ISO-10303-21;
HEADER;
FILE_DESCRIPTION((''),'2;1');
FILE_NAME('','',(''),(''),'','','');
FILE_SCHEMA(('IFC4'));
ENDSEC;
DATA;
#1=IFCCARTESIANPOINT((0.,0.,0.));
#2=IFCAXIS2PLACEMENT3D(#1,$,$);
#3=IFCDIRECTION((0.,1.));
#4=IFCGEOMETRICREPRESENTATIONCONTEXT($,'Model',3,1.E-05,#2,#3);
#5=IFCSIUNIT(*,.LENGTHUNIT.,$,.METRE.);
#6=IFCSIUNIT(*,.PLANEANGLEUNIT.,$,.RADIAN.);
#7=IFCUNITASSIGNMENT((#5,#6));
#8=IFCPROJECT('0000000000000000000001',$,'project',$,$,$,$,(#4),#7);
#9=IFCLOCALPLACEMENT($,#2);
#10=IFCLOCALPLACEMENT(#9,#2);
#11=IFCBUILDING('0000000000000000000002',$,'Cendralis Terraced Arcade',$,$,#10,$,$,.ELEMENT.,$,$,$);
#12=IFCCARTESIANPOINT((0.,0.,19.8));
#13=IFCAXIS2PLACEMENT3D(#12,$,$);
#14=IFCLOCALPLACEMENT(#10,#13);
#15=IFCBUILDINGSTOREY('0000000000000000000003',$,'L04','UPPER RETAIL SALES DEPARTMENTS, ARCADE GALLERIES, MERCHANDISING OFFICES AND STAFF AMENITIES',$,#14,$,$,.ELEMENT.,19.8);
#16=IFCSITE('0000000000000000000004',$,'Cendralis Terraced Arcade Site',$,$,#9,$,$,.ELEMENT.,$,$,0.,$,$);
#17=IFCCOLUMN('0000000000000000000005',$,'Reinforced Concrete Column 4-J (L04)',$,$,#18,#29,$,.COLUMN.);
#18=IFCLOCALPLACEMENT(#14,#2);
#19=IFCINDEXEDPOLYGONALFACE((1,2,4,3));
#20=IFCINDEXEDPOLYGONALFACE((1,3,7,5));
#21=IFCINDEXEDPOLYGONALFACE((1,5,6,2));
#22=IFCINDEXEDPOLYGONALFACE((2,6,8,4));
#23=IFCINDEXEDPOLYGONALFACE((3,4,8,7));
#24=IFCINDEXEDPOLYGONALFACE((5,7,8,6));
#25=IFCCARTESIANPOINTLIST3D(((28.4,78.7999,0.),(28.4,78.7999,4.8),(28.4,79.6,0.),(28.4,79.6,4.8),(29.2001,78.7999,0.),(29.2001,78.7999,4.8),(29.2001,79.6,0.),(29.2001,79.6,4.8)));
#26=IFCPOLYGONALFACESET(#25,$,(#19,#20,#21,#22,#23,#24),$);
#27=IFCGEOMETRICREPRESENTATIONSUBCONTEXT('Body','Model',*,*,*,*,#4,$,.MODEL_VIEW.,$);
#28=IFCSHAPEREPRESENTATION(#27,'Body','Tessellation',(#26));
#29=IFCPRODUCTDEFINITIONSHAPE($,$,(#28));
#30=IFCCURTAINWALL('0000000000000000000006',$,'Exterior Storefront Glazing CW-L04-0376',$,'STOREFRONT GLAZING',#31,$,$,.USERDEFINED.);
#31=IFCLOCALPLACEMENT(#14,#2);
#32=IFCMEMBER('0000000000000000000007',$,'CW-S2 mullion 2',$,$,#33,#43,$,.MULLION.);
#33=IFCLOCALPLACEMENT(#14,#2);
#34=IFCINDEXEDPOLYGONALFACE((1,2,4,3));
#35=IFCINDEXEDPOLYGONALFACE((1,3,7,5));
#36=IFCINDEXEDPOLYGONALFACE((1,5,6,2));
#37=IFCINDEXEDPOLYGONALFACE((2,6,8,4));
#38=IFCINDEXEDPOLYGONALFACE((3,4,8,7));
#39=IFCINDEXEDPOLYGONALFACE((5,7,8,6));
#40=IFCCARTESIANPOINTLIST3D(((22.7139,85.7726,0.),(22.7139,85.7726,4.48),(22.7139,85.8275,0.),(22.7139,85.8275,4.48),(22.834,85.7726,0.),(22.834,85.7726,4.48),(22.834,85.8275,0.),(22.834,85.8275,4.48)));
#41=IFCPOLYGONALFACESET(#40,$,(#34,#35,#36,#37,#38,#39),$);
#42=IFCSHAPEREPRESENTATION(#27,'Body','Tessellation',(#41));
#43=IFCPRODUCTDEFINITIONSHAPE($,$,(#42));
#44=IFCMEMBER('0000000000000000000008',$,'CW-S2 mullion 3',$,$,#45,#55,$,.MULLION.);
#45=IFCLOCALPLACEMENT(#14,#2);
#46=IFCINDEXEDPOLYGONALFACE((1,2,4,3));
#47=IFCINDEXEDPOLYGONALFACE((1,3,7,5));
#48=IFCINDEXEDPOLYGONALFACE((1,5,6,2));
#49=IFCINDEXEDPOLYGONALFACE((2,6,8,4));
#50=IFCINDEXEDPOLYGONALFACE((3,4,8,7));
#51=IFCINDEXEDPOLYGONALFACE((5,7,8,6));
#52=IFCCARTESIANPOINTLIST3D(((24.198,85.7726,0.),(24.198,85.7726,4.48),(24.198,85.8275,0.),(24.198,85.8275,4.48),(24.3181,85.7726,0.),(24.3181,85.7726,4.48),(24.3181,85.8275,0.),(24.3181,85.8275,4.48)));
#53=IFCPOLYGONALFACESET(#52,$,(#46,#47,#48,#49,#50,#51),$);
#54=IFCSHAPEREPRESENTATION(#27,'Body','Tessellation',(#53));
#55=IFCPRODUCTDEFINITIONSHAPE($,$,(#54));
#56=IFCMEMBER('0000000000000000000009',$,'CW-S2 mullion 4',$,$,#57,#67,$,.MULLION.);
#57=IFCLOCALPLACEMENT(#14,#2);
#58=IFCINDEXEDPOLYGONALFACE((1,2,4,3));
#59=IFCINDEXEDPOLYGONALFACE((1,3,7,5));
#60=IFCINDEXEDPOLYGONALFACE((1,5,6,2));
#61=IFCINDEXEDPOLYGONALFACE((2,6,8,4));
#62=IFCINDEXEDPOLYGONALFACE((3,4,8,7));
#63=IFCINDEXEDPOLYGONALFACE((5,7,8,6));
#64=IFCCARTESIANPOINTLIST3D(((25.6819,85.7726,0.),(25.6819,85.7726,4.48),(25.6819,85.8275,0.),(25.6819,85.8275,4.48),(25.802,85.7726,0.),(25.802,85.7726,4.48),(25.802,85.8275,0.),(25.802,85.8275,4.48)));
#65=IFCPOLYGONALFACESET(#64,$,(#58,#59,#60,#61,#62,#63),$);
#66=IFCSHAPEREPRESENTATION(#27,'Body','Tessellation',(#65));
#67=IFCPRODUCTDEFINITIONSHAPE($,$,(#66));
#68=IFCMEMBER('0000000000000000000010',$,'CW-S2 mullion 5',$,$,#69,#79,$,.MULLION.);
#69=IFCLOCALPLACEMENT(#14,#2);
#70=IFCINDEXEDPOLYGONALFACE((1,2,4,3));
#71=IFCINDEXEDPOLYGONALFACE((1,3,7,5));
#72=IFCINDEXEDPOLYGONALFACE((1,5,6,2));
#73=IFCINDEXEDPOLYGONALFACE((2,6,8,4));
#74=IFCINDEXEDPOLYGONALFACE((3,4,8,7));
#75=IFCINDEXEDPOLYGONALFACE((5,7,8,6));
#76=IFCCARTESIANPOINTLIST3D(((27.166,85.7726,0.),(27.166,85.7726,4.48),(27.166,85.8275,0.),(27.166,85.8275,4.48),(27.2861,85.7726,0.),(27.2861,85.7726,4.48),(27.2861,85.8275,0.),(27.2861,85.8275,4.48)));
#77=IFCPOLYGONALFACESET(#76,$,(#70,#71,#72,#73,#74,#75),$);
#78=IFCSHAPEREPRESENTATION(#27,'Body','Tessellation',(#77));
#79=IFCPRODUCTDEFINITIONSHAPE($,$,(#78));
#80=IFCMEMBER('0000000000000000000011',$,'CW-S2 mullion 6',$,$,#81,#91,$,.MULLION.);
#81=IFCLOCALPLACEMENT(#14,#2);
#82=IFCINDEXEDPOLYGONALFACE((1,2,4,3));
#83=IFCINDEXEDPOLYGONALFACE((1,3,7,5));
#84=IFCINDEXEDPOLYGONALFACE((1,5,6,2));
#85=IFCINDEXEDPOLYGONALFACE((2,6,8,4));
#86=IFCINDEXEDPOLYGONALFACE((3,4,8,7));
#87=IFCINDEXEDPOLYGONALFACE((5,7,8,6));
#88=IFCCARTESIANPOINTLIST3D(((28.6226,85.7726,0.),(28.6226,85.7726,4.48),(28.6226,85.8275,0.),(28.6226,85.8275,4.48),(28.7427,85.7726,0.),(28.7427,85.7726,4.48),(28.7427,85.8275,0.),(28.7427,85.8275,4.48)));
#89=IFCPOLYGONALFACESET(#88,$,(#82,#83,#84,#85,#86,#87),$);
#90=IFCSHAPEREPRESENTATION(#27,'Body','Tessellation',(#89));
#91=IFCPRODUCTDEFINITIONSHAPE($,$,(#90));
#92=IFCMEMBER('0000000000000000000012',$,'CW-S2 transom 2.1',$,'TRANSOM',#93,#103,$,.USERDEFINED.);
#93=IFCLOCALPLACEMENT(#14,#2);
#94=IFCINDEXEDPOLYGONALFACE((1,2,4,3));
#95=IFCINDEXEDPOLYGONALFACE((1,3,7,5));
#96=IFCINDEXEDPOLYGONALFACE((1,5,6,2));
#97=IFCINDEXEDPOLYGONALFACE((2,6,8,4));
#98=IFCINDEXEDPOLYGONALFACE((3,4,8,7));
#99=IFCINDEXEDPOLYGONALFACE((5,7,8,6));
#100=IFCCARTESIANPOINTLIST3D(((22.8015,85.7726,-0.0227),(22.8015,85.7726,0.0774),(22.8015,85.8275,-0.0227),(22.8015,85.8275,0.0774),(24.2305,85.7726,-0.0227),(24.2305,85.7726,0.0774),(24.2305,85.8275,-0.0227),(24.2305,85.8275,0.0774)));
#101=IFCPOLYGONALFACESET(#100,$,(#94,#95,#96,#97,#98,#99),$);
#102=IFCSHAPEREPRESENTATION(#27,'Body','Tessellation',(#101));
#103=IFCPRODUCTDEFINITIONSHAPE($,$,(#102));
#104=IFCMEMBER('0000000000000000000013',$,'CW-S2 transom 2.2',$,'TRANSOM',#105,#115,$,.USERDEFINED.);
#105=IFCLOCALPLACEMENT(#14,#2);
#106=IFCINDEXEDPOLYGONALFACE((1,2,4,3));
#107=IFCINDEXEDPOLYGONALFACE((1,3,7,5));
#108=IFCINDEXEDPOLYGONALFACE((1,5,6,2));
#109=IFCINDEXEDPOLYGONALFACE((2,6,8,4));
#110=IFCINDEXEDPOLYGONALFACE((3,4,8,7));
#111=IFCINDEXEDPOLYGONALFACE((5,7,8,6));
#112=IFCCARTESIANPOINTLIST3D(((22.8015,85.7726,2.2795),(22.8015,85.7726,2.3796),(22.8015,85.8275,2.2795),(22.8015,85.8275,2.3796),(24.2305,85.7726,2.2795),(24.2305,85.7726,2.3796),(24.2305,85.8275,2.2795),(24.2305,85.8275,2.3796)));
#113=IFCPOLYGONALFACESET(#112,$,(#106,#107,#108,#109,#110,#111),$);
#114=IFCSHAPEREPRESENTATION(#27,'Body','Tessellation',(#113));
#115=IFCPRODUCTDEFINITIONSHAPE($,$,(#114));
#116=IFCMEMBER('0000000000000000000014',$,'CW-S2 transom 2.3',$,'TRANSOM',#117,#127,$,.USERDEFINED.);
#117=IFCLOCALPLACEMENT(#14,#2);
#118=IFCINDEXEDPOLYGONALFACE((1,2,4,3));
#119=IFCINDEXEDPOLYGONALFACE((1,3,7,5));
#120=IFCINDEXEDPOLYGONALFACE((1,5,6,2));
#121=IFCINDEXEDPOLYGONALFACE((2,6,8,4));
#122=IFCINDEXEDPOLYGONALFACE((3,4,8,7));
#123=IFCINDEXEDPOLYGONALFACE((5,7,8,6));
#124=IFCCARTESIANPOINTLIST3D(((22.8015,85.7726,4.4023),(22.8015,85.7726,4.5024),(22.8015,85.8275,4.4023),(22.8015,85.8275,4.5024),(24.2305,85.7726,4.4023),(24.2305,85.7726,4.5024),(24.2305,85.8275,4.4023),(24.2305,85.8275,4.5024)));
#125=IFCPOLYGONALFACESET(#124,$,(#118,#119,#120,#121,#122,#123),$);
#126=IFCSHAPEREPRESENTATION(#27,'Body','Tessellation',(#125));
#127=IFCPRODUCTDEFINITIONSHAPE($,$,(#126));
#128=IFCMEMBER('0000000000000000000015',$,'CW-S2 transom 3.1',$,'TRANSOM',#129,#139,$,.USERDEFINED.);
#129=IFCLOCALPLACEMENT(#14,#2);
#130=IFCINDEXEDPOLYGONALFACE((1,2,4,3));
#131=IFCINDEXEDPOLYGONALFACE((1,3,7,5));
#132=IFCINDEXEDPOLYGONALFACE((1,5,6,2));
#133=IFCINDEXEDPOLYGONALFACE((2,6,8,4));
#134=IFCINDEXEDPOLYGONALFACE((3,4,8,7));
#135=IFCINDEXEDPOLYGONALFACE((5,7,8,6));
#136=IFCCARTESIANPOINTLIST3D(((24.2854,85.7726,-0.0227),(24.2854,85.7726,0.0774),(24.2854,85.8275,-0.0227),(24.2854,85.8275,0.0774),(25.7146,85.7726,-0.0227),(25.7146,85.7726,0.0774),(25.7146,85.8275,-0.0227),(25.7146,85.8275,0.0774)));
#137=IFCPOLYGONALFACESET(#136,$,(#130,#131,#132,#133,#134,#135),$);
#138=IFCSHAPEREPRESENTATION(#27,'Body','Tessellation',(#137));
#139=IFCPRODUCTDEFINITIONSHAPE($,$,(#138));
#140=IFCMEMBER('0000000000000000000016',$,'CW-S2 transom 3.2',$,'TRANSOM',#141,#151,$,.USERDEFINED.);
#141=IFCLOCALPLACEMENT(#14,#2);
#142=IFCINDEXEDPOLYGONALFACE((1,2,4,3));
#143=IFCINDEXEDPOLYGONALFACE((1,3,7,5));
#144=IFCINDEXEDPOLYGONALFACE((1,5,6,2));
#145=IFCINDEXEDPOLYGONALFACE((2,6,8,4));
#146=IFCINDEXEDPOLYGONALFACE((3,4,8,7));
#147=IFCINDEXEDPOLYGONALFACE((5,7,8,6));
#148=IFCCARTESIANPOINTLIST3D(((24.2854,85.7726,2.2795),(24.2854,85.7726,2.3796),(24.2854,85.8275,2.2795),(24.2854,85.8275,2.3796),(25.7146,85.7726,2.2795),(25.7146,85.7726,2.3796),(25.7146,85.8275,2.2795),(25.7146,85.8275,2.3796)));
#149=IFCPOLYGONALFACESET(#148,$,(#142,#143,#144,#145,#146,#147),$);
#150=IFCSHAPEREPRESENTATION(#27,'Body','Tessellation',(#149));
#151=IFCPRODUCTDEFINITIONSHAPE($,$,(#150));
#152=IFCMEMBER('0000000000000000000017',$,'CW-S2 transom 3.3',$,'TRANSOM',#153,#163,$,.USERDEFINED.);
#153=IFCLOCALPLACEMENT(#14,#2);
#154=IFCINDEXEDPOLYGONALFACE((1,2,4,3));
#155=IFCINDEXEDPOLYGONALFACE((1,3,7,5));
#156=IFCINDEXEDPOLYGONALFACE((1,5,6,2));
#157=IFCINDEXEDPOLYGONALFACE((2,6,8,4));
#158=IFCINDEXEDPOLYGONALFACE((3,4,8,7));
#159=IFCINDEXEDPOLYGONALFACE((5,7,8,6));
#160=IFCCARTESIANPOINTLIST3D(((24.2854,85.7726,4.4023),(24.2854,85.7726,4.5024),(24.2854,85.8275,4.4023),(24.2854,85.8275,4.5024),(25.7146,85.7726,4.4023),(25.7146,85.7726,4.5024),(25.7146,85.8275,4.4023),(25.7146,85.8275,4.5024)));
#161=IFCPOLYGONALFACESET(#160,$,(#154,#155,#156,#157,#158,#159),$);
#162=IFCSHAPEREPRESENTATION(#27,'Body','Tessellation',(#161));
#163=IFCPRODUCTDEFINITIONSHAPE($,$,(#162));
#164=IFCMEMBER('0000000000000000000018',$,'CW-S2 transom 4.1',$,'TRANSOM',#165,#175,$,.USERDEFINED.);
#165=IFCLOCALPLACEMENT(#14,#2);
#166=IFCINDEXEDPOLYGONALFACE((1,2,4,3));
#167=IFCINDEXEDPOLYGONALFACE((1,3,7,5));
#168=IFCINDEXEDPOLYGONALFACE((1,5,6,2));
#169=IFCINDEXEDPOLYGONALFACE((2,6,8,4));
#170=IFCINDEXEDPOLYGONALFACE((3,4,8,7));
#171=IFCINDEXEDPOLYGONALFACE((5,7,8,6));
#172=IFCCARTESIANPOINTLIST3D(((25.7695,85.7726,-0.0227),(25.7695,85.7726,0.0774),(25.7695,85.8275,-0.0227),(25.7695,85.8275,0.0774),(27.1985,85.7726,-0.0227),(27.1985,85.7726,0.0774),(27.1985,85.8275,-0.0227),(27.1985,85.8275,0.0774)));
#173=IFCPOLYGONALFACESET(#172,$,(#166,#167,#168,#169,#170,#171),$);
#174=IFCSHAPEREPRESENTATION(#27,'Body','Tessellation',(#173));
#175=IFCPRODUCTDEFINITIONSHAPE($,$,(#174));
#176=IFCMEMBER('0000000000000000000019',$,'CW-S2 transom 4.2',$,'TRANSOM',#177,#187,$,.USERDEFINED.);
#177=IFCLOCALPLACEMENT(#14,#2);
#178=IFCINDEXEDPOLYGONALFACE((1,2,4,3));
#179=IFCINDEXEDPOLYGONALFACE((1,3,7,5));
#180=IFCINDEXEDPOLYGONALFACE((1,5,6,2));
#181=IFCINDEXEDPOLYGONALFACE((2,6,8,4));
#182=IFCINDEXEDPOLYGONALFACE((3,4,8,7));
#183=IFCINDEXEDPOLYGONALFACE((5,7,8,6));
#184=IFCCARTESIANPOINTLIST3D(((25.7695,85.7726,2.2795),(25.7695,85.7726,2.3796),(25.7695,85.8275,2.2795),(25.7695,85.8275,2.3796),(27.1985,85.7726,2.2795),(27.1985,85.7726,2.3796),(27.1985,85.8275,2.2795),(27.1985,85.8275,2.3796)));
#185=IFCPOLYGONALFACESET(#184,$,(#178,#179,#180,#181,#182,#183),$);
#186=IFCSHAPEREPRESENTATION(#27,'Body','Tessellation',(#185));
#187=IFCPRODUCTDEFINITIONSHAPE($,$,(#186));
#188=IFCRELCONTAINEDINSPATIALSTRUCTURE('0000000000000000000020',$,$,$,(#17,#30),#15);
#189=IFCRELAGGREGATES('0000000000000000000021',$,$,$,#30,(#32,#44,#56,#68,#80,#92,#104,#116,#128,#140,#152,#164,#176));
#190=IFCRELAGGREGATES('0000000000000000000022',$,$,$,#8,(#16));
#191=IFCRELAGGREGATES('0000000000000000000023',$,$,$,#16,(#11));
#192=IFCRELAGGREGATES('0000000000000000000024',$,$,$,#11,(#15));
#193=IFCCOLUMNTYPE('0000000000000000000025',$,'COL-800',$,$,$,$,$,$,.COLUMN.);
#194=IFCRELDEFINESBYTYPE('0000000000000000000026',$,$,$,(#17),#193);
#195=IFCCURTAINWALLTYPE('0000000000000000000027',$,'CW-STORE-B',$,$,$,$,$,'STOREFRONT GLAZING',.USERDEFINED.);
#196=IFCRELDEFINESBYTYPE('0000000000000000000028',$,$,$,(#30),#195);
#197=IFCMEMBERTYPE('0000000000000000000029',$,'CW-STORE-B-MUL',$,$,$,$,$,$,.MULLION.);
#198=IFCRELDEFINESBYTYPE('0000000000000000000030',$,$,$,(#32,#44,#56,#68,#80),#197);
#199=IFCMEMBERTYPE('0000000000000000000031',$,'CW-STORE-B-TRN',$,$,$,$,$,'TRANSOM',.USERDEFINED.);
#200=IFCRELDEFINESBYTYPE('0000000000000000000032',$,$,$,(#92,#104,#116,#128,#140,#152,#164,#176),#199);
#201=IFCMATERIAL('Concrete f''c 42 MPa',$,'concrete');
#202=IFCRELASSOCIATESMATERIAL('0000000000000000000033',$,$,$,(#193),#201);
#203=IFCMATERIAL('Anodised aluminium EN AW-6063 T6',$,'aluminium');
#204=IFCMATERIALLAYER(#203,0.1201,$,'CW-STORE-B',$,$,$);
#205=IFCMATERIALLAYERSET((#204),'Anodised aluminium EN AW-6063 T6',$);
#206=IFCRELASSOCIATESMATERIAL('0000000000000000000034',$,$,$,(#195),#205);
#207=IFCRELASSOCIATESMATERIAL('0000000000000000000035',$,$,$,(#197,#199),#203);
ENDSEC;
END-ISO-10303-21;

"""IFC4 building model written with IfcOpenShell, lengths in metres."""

from ifc_helpers import new_model, si_unit, direction, frame, origin, origin_2d, place, context, subcontext, project, spatial, rectangle, extrude, material, layer, layer_set, material_profile, profile_set, type_object, element, aggregate, save


model = new_model("IFC4")

# Units and contexts
model_context = context("Model", 3, precision=1e-05, world=origin(), true_north=direction((0.0, 1.0)))
body_context = subcontext(model_context, "Body", "Model", "MODEL_VIEW")
ifc_project = project(units=[si_unit("LENGTHUNIT", "METRE"), si_unit("PLANEANGLEUNIT", "RADIAN")], contexts=[model_context])

# Site, building, storey
site_placement = place(None, origin())
site = spatial("IfcSite", under=ifc_project, at=site_placement, Name="Cendralis Terraced Arcade Site", CompositionType="ELEMENT", RefElevation=0.0)
building_placement = place(site_placement, origin())
building = spatial("IfcBuilding", under=site, at=building_placement, Name="Cendralis Terraced Arcade", CompositionType="ELEMENT")
storey_placement = place(building_placement, frame((0.0, 0.0, 19.8)))
storey = spatial("IfcBuildingStorey", under=building, at=storey_placement, Name="L04", Description="UPPER RETAIL SALES DEPARTMENTS, ARCADE GALLERIES, MERCHANDISING OFFICES AND STAFF AMENITIES", CompositionType="ELEMENT", Elevation=19.8)

# Column
ifc_material_1 = material(Name="Concrete f'c 42 MPa", Category="concrete")
ifc_material_profile_1 = material_profile(ifc_material_1, rectangle(XDim=0.8, YDim=0.8, at=origin_2d()), Name="RC-COL-800x800", Category="LoadBearing")
ifc_profile_set_1 = profile_set([ifc_material_profile_1], Name="Concrete f'c 42 MPa")
column_type = type_object("IfcColumnType", Name="COL-800", PredefinedType="COLUMN", material=ifc_profile_set_1)
column_placement = place(storey_placement, frame((28.8, 79.2, 0.0), z_axis=(0.0, 0.0, 1.0), x_axis=(1.0, 0.0, 0.0)))
element("IfcColumn", 1, at=column_placement, inside=storey, type_object=column_type, Name="Reinforced Concrete Column 4-J (L04)", PredefinedType="COLUMN", context=body_context, shape_type="SweptSolid", body=[
    extrude(rectangle(XDim=0.8, YDim=0.8, at=origin_2d()), origin(), (0.0, 0.0, 1.0), 4.8),
])

# Curtain wall, members
ifc_material_2 = material(Name="Anodised aluminium EN AW-6063 T6", Category="aluminium")
ifc_layer_1 = layer(ifc_material_2, 0.1201, Name="CW-STORE-B")
ifc_layer_set_1 = layer_set([ifc_layer_1], Name="Anodised aluminium EN AW-6063 T6")
curtain_wall_type = type_object("IfcCurtainWallType", Name="CW-STORE-B", ElementType="STOREFRONT GLAZING", PredefinedType="USERDEFINED", material=ifc_layer_set_1)
curtain_wall_placement = place(storey_placement, origin())
curtain_wall = element("IfcCurtainWall", 2, at=curtain_wall_placement, inside=storey, type_object=curtain_wall_type, Name="Exterior Storefront Glazing CW-L04-0376", ObjectType="STOREFRONT GLAZING", PredefinedType="USERDEFINED")
ifc_material_profile_2 = material_profile(ifc_material_2, rectangle(XDim=0.0549, YDim=0.1201, at=origin_2d()), Name="ALU-MUL-55x120")
ifc_profile_set_2 = profile_set([ifc_material_profile_2], Name="Anodised aluminium EN AW-6063 T6")
member_type_1 = type_object("IfcMemberType", Name="CW-STORE-B-MUL", PredefinedType="MULLION", material=ifc_profile_set_2)
member_1_placement = place(storey_placement, frame((22.7739, 85.8, 0.0), z_axis=(0.0, 0.0, 1.0), x_axis=(0.0, 1.0, 0.0)))
member_1 = element("IfcMember", 3, at=member_1_placement, type_object=member_type_1, Name="CW-S2 mullion 2", PredefinedType="MULLION", context=body_context, shape_type="SweptSolid", body=[
    extrude(rectangle(XDim=0.0549, YDim=0.1201, at=origin_2d()), origin(), (0.0, 0.0, 1.0), 4.48),
])
member_2_placement = place(storey_placement, frame((24.2581, 85.8, 0.0), z_axis=(0.0, 0.0, 1.0), x_axis=(0.0, 1.0, 0.0)))
member_2 = element("IfcMember", 4, at=member_2_placement, type_object=member_type_1, Name="CW-S2 mullion 3", PredefinedType="MULLION", context=body_context, shape_type="SweptSolid", body=[
    extrude(rectangle(XDim=0.0549, YDim=0.1201, at=origin_2d()), origin(), (0.0, 0.0, 1.0), 4.48),
])
member_3_placement = place(storey_placement, frame((25.7419, 85.8, 0.0), z_axis=(0.0, 0.0, 1.0), x_axis=(0.0, 1.0, 0.0)))
member_3 = element("IfcMember", 5, at=member_3_placement, type_object=member_type_1, Name="CW-S2 mullion 4", PredefinedType="MULLION", context=body_context, shape_type="SweptSolid", body=[
    extrude(rectangle(XDim=0.0549, YDim=0.1201, at=origin_2d()), origin(), (0.0, 0.0, 1.0), 4.48),
])
member_4_placement = place(storey_placement, frame((27.2261, 85.8, 0.0), z_axis=(0.0, 0.0, 1.0), x_axis=(0.0, 1.0, 0.0)))
member_4 = element("IfcMember", 6, at=member_4_placement, type_object=member_type_1, Name="CW-S2 mullion 5", PredefinedType="MULLION", context=body_context, shape_type="SweptSolid", body=[
    extrude(rectangle(XDim=0.0549, YDim=0.1201, at=origin_2d()), origin(), (0.0, 0.0, 1.0), 4.48),
])
member_5_placement = place(storey_placement, frame((28.6826, 85.8, 0.0), z_axis=(0.0, 0.0, 1.0), x_axis=(0.0, 1.0, 0.0)))
member_5 = element("IfcMember", 7, at=member_5_placement, type_object=member_type_1, Name="CW-S2 mullion 6", PredefinedType="MULLION", context=body_context, shape_type="SweptSolid", body=[
    extrude(rectangle(XDim=0.0549, YDim=0.1201, at=origin_2d()), origin(), (0.0, 0.0, 1.0), 4.48),
])
ifc_material_profile_3 = material_profile(ifc_material_2, rectangle(XDim=0.0549, YDim=0.1001, at=origin_2d()), Name="ALU-TRN-55x100")
ifc_profile_set_3 = profile_set([ifc_material_profile_3], Name="Anodised aluminium EN AW-6063 T6")
member_type_2 = type_object("IfcMemberType", Name="CW-STORE-B-TRN", ElementType="TRANSOM", PredefinedType="USERDEFINED", material=ifc_profile_set_3)
member_6_placement = place(storey_placement, frame((22.8015, 85.8, 0.0273), z_axis=(1.0, 0.0, 0.0), x_axis=(0.0, 1.0, 0.0)))
member_6 = element("IfcMember", 8, at=member_6_placement, type_object=member_type_2, Name="CW-S2 transom 2.1", ObjectType="TRANSOM", PredefinedType="USERDEFINED", context=body_context, shape_type="SweptSolid", body=[
    extrude(rectangle(XDim=0.0549, YDim=0.1001, at=origin_2d()), origin(), (0.0, 0.0, 1.0), 1.429),
])
member_7_placement = place(storey_placement, frame((22.8015, 85.8, 2.3296), z_axis=(1.0, 0.0, 0.0), x_axis=(0.0, 1.0, 0.0)))
member_7 = element("IfcMember", 9, at=member_7_placement, type_object=member_type_2, Name="CW-S2 transom 2.2", ObjectType="TRANSOM", PredefinedType="USERDEFINED", context=body_context, shape_type="SweptSolid", body=[
    extrude(rectangle(XDim=0.0549, YDim=0.1001, at=origin_2d()), origin(), (0.0, 0.0, 1.0), 1.429),
])
member_8_placement = place(storey_placement, frame((22.8015, 85.8, 4.4524), z_axis=(1.0, 0.0, 0.0), x_axis=(0.0, 1.0, 0.0)))
member_8 = element("IfcMember", 10, at=member_8_placement, type_object=member_type_2, Name="CW-S2 transom 2.3", ObjectType="TRANSOM", PredefinedType="USERDEFINED", context=body_context, shape_type="SweptSolid", body=[
    extrude(rectangle(XDim=0.0549, YDim=0.1001, at=origin_2d()), origin(), (0.0, 0.0, 1.0), 1.429),
])
member_9_placement = place(storey_placement, frame((24.2854, 85.8, 0.0273), z_axis=(1.0, 0.0, 0.0), x_axis=(0.0, 1.0, 0.0)))
member_9 = element("IfcMember", 11, at=member_9_placement, type_object=member_type_2, Name="CW-S2 transom 3.1", ObjectType="TRANSOM", PredefinedType="USERDEFINED", context=body_context, shape_type="SweptSolid", body=[
    extrude(rectangle(XDim=0.0549, YDim=0.1001, at=origin_2d()), origin(), (0.0, 0.0, 1.0), 1.4292),
])
member_10_placement = place(storey_placement, frame((24.2854, 85.8, 2.3296), z_axis=(1.0, 0.0, 0.0), x_axis=(0.0, 1.0, 0.0)))
member_10 = element("IfcMember", 12, at=member_10_placement, type_object=member_type_2, Name="CW-S2 transom 3.2", ObjectType="TRANSOM", PredefinedType="USERDEFINED", context=body_context, shape_type="SweptSolid", body=[
    extrude(rectangle(XDim=0.0549, YDim=0.1001, at=origin_2d()), origin(), (0.0, 0.0, 1.0), 1.4292),
])
member_11_placement = place(storey_placement, frame((24.2854, 85.8, 4.4524), z_axis=(1.0, 0.0, 0.0), x_axis=(0.0, 1.0, 0.0)))
member_11 = element("IfcMember", 13, at=member_11_placement, type_object=member_type_2, Name="CW-S2 transom 3.3", ObjectType="TRANSOM", PredefinedType="USERDEFINED", context=body_context, shape_type="SweptSolid", body=[
    extrude(rectangle(XDim=0.0549, YDim=0.1001, at=origin_2d()), origin(), (0.0, 0.0, 1.0), 1.4292),
])
member_12_placement = place(storey_placement, frame((25.7695, 85.8, 0.0273), z_axis=(1.0, 0.0, 0.0), x_axis=(0.0, 1.0, 0.0)))
member_12 = element("IfcMember", 14, at=member_12_placement, type_object=member_type_2, Name="CW-S2 transom 4.1", ObjectType="TRANSOM", PredefinedType="USERDEFINED", context=body_context, shape_type="SweptSolid", body=[
    extrude(rectangle(XDim=0.0549, YDim=0.1001, at=origin_2d()), origin(), (0.0, 0.0, 1.0), 1.429),
])
member_13_placement = place(storey_placement, frame((25.7695, 85.8, 2.3296), z_axis=(1.0, 0.0, 0.0), x_axis=(0.0, 1.0, 0.0)))
member_13 = element("IfcMember", 15, at=member_13_placement, type_object=member_type_2, Name="CW-S2 transom 4.2", ObjectType="TRANSOM", PredefinedType="USERDEFINED", context=body_context, shape_type="SweptSolid", body=[
    extrude(rectangle(XDim=0.0549, YDim=0.1001, at=origin_2d()), origin(), (0.0, 0.0, 1.0), 1.429),
])
aggregate(curtain_wall, [member_1, member_2, member_3, member_4, member_5, member_6, member_7, member_8, member_9, member_10, member_11, member_12, member_13])

save(model, "model.ifc")
